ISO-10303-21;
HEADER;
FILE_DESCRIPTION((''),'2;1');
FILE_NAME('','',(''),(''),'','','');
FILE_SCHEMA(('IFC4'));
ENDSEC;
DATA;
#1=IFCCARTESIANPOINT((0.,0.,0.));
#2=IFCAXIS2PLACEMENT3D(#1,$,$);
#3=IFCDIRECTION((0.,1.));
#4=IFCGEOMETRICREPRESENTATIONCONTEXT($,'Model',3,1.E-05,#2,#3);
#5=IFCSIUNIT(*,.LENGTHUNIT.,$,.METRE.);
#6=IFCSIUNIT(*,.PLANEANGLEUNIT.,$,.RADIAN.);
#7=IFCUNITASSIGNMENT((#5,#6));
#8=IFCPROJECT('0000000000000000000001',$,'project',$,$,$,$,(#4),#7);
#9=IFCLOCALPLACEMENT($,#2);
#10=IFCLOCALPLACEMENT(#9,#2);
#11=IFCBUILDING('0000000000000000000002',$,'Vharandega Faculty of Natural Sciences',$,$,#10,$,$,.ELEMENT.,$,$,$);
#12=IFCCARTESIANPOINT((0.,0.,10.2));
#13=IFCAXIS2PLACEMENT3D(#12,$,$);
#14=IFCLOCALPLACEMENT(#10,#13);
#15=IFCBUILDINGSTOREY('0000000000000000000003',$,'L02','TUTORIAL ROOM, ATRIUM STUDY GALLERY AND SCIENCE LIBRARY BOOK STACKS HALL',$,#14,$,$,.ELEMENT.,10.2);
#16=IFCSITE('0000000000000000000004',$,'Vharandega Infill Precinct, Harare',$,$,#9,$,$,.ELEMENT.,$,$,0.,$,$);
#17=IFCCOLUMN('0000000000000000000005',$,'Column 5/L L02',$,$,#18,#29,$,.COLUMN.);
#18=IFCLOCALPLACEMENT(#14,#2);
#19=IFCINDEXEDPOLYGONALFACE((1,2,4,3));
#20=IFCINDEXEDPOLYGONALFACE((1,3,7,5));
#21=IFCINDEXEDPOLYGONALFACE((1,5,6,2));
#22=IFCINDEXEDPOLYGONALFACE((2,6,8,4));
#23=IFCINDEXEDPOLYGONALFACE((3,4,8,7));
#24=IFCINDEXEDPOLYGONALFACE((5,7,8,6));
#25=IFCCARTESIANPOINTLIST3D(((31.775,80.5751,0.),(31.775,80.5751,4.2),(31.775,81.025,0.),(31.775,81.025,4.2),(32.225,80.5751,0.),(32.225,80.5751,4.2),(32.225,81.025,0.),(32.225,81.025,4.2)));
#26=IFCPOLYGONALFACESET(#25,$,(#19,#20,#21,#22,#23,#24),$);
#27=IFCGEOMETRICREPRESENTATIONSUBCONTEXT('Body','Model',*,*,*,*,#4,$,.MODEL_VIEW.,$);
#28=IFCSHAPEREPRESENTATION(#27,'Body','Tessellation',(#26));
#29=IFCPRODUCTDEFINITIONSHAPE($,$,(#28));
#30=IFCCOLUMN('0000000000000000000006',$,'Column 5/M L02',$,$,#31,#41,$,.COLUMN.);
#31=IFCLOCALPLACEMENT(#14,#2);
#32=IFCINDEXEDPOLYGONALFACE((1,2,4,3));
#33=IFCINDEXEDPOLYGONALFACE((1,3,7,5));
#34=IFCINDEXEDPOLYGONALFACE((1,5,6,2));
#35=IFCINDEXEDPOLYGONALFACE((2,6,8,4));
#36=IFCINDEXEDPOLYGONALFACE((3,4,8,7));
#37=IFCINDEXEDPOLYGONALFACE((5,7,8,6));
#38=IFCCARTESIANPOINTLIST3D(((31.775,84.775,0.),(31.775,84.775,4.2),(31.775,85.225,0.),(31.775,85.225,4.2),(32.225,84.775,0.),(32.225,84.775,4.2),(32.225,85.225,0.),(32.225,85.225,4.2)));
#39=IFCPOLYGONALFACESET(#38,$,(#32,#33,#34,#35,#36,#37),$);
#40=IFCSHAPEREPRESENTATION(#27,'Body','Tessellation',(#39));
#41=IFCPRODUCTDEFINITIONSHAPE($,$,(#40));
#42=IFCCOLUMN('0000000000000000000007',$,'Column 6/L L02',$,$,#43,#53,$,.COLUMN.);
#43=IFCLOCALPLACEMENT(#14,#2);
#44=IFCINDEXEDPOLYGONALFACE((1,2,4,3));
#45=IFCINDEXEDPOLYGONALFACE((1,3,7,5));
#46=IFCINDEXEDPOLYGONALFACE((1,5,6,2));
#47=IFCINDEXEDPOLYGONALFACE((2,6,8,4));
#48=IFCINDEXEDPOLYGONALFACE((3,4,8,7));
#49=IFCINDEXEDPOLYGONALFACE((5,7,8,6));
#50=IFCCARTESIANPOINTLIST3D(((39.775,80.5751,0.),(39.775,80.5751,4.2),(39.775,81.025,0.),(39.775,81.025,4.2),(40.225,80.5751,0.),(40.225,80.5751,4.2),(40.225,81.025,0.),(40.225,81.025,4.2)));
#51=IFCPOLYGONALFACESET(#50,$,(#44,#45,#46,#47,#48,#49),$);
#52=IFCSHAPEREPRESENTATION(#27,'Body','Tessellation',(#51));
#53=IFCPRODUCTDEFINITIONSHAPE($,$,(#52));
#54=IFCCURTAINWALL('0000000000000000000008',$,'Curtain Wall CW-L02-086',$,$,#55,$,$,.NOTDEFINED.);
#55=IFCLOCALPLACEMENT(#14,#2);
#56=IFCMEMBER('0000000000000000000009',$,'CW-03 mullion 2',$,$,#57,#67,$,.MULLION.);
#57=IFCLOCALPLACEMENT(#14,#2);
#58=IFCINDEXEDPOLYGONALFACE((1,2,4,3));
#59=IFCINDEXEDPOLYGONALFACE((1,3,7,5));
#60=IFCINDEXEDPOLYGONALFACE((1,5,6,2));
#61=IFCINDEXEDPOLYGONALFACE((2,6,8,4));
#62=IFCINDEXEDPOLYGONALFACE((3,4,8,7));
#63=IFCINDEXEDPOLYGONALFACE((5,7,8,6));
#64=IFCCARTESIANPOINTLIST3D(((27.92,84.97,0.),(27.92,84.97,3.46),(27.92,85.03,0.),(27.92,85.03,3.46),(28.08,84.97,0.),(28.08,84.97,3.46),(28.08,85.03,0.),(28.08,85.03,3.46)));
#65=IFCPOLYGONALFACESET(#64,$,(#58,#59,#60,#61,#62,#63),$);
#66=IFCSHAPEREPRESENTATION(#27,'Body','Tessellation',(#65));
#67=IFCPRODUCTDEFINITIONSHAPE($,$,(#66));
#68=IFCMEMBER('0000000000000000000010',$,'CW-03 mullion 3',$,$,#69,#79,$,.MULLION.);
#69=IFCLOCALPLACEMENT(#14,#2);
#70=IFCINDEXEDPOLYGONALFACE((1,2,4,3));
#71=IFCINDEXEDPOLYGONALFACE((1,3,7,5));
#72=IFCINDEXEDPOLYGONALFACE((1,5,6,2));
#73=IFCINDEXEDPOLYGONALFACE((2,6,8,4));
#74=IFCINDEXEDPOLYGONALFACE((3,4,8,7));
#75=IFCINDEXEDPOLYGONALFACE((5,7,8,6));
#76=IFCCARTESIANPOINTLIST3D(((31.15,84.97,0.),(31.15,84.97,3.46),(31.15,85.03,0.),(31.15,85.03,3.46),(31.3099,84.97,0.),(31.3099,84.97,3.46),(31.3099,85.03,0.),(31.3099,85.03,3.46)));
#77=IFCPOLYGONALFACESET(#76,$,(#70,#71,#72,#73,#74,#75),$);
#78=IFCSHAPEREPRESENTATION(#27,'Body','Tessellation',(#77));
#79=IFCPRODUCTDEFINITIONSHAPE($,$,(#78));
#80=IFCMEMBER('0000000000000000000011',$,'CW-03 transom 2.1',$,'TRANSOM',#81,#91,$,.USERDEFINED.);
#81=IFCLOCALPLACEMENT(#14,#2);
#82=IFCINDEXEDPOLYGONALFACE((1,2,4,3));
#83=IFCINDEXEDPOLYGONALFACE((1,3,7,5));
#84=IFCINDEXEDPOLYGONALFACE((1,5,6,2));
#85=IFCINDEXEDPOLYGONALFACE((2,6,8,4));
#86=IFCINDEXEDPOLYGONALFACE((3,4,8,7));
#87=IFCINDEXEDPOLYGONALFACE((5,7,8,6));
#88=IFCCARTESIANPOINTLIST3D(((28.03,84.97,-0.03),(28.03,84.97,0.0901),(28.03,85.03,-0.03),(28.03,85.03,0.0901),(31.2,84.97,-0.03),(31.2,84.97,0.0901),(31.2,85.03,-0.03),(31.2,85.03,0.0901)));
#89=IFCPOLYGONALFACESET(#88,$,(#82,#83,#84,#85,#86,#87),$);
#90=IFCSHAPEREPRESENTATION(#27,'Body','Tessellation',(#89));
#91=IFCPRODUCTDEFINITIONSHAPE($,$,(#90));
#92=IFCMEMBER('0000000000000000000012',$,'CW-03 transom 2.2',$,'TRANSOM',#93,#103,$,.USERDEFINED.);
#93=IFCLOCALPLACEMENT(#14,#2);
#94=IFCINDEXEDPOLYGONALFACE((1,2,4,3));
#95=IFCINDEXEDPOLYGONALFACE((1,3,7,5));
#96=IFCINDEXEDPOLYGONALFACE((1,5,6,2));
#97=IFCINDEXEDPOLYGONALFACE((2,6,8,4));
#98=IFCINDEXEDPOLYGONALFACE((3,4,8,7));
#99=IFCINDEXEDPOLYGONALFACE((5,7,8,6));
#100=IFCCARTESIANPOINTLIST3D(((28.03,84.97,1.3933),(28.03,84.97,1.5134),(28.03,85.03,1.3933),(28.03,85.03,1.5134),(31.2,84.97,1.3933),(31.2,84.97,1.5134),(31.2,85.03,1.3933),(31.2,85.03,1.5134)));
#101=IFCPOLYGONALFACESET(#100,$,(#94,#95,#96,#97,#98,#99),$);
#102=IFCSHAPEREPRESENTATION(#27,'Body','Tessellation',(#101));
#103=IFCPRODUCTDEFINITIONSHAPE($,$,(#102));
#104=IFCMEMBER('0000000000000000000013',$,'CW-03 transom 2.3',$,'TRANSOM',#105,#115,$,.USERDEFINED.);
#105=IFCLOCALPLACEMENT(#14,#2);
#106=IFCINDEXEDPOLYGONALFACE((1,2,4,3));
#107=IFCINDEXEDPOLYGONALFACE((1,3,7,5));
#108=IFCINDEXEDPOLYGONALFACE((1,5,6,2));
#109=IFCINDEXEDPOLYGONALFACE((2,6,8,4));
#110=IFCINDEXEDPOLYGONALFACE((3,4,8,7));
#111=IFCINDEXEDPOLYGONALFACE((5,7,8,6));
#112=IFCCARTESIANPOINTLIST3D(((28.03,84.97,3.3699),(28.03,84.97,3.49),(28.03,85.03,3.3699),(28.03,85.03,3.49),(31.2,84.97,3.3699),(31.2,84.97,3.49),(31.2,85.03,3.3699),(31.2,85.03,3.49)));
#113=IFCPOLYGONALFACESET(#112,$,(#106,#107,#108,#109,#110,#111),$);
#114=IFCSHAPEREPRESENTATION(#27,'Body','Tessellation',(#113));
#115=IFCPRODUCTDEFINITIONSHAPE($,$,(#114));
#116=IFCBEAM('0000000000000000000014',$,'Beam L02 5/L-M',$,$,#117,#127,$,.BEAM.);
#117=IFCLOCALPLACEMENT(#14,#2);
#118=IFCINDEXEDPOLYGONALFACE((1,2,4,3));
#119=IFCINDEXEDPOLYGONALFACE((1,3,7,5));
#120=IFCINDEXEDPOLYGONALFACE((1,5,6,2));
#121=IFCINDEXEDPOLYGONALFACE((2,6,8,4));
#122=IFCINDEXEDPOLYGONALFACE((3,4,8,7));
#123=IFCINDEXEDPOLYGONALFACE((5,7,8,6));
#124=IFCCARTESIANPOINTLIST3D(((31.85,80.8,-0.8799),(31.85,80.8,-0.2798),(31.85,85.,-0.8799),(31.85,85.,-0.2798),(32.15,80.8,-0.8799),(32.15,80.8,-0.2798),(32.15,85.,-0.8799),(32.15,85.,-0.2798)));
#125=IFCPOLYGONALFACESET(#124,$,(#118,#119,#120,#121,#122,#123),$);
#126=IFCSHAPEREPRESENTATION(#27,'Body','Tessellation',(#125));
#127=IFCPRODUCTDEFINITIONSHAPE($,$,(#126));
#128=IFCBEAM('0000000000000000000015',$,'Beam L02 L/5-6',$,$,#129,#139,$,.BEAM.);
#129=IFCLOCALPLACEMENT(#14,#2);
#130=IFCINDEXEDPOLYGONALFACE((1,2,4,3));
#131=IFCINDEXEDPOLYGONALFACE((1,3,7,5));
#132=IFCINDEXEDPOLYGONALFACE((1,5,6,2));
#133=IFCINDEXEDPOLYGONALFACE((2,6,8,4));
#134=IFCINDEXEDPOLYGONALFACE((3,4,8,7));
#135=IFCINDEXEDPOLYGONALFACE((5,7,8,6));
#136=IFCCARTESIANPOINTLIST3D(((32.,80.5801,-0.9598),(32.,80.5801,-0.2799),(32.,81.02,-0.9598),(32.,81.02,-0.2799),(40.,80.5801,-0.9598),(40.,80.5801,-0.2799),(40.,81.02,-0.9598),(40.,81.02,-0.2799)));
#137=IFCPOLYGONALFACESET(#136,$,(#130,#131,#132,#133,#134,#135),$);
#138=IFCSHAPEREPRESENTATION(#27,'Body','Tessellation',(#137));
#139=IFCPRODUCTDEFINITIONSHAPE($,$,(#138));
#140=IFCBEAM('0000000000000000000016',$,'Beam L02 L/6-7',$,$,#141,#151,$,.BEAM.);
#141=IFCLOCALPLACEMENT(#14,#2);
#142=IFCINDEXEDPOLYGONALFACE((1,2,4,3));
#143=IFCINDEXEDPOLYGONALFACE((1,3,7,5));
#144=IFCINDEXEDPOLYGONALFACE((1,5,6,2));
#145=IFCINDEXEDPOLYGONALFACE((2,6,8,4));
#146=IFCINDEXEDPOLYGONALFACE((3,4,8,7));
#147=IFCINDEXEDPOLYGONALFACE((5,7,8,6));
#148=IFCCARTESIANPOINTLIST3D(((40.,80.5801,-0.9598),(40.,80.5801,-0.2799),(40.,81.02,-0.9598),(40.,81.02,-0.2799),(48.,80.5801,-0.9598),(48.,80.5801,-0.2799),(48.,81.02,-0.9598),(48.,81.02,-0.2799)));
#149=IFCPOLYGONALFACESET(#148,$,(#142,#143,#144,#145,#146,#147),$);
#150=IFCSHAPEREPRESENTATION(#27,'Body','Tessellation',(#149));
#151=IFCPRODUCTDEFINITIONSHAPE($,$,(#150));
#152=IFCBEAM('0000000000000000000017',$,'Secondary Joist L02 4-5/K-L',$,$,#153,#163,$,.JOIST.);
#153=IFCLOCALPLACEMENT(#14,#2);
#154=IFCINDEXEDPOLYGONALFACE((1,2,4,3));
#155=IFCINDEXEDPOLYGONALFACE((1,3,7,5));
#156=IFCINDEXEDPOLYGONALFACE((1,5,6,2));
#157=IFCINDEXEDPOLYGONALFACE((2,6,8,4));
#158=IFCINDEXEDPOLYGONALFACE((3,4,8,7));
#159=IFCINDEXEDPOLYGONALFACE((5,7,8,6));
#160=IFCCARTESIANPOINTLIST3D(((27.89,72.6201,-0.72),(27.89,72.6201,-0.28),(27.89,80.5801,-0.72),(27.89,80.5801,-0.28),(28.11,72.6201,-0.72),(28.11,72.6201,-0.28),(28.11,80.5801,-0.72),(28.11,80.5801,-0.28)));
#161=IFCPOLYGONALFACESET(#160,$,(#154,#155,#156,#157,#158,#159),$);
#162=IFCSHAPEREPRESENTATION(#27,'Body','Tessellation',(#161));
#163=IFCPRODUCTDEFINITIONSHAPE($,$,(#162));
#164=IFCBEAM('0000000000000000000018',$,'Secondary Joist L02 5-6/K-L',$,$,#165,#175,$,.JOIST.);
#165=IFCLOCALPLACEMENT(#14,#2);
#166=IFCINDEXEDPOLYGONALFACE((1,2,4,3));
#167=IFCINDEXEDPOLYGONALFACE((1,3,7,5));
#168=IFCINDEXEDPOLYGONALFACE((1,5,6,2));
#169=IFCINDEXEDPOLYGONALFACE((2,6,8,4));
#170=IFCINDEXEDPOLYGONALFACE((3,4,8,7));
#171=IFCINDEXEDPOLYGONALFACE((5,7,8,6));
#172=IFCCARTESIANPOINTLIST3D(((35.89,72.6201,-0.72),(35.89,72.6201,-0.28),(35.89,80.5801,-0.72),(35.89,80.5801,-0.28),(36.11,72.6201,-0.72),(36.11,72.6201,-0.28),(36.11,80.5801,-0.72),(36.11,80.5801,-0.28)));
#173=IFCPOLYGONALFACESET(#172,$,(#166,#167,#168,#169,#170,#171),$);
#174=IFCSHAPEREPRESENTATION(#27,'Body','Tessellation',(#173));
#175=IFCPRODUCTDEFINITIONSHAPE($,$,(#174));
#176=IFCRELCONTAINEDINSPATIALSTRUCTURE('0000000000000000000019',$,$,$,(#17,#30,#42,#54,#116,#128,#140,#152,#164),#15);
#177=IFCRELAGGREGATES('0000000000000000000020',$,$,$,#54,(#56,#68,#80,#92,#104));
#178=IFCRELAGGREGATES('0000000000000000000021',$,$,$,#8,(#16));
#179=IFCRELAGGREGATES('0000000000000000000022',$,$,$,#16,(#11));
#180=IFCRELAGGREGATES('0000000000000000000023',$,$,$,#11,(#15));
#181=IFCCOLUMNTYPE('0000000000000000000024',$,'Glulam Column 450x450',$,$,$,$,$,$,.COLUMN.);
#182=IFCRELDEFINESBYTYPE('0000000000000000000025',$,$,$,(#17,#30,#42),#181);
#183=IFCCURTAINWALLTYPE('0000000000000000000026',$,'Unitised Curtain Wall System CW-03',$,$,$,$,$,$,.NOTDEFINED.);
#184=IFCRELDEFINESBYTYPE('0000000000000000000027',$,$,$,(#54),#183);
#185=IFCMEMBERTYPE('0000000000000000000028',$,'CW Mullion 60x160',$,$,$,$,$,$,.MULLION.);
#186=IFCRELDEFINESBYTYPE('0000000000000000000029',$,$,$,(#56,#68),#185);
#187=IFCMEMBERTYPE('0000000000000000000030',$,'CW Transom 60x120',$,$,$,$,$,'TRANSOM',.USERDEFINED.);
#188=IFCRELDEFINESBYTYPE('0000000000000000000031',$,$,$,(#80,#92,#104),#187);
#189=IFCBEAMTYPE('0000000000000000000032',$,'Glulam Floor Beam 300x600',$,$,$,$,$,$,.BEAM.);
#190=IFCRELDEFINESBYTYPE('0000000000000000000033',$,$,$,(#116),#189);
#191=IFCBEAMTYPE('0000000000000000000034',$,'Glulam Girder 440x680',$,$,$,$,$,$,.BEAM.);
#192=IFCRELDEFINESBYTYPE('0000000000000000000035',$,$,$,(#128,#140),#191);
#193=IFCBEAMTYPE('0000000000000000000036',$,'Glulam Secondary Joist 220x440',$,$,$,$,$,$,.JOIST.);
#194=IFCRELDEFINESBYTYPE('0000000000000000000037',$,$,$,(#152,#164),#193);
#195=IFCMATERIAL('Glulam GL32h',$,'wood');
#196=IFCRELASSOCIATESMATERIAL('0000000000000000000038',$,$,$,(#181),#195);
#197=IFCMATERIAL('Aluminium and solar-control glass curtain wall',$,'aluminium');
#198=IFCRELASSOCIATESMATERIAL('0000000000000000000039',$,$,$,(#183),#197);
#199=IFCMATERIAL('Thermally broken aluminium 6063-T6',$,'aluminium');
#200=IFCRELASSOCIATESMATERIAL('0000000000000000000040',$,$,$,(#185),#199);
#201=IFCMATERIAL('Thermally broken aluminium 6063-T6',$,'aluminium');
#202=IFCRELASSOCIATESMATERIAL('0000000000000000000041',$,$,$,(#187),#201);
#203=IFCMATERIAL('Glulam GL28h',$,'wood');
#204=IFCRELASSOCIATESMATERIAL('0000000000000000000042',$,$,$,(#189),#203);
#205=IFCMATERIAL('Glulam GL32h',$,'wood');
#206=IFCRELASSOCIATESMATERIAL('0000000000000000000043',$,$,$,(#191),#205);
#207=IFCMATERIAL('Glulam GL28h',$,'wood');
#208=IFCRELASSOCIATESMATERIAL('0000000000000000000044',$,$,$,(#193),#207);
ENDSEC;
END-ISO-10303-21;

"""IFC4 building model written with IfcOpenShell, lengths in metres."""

from ifc_helpers import new_model, si_unit, direction, frame, origin, origin_2d, place, context, subcontext, project, spatial, rectangle, extrude, material, material_profile, profile_set, type_object, element, aggregate, save


model = new_model("IFC4")

# Units and contexts
model_context = context("Model", 3, precision=1e-05, world=origin(), true_north=direction((0.0, 1.0)))
body_context = subcontext(model_context, "Body", "Model", "MODEL_VIEW")
ifc_project = project(units=[si_unit("LENGTHUNIT", "METRE"), si_unit("PLANEANGLEUNIT", "RADIAN")], contexts=[model_context])

# Site, building, storey
site_placement = place(None, origin())
site = spatial("IfcSite", under=ifc_project, at=site_placement, Name="Vharandega Infill Precinct, Harare", CompositionType="ELEMENT", RefElevation=0.0)
building_placement = place(site_placement, origin())
building = spatial("IfcBuilding", under=site, at=building_placement, Name="Vharandega Faculty of Natural Sciences", CompositionType="ELEMENT")
storey_placement = place(building_placement, frame((0.0, 0.0, 10.2)))
storey = spatial("IfcBuildingStorey", under=building, at=storey_placement, Name="L02", Description="TUTORIAL ROOM, ATRIUM STUDY GALLERY AND SCIENCE LIBRARY BOOK STACKS HALL", CompositionType="ELEMENT", Elevation=10.2)

# Columns
ifc_material_1 = material(Name="Glulam GL32h", Category="wood")
ifc_material_profile_1 = material_profile(ifc_material_1, rectangle(XDim=0.45, YDim=0.45, at=origin_2d()), Name="GL32h 450x450")
ifc_profile_set_1 = profile_set([ifc_material_profile_1], Name="Glulam GL32h")
column_type = type_object("IfcColumnType", Name="Glulam Column 450x450", PredefinedType="COLUMN", material=ifc_profile_set_1)
for number, where, z_axis, x_axis, name in (
    (1, (32.0, 80.8, 0.0), (0.0, 0.0, 1.0), (1.0, 0.0, 0.0), "Column 5/L L02"),
    (2, (32.0, 85.0, 0.0), (0.0, 0.0, 1.0), (1.0, 0.0, 0.0), "Column 5/M L02"),
    (3, (40.0, 80.8, 0.0), (0.0, 0.0, 1.0), (1.0, 0.0, 0.0), "Column 6/L L02"),
):
    element("IfcColumn", number, at=place(storey_placement, frame(where, z_axis=z_axis, x_axis=x_axis)), inside=storey, type_object=column_type, Name=name, PredefinedType="COLUMN", context=body_context, shape_type="SweptSolid", body=[
        extrude(rectangle(XDim=0.45, YDim=0.45, at=origin_2d()), origin(), (0.0, 0.0, 1.0), 4.2),
    ])

# Curtain wall, members
ifc_material_2 = material(Name="Aluminium and solar-control glass curtain wall", Category="aluminium")
curtain_wall_type = type_object("IfcCurtainWallType", Name="Unitised Curtain Wall System CW-03", PredefinedType="NOTDEFINED", material=ifc_material_2)
curtain_wall_placement = place(storey_placement, origin())
curtain_wall = element("IfcCurtainWall", 4, at=curtain_wall_placement, inside=storey, type_object=curtain_wall_type, Name="Curtain Wall CW-L02-086", PredefinedType="NOTDEFINED")
ifc_material_3 = material(Name="Thermally broken aluminium 6063-T6", Category="aluminium")
ifc_material_profile_2 = material_profile(ifc_material_3, rectangle(XDim=0.0601, YDim=0.1599, at=origin_2d()), Name="ALU 60x160")
ifc_profile_set_2 = profile_set([ifc_material_profile_2], Name="Thermally broken aluminium 6063-T6")
member_type_1 = type_object("IfcMemberType", Name="CW Mullion 60x160", PredefinedType="MULLION", material=ifc_profile_set_2)
member_1_placement = place(storey_placement, frame((28.0, 85.0, 0.0), z_axis=(0.0, 0.0, 1.0), x_axis=(0.0, 1.0, 0.0)))
member_1 = element("IfcMember", 5, at=member_1_placement, type_object=member_type_1, Name="CW-03 mullion 2", PredefinedType="MULLION", context=body_context, shape_type="SweptSolid", body=[
    extrude(rectangle(XDim=0.0601, YDim=0.1599, at=origin_2d()), origin(), (0.0, 0.0, 1.0), 3.46),
])
member_2_placement = place(storey_placement, frame((31.23, 85.0, 0.0), z_axis=(0.0, 0.0, 1.0), x_axis=(0.0, 1.0, 0.0)))
member_2 = element("IfcMember", 6, at=member_2_placement, type_object=member_type_1, Name="CW-03 mullion 3", PredefinedType="MULLION", context=body_context, shape_type="SweptSolid", body=[
    extrude(rectangle(XDim=0.0601, YDim=0.1599, at=origin_2d()), origin(), (0.0, 0.0, 1.0), 3.46),
])
ifc_material_4 = material(Name="Thermally broken aluminium 6063-T6", Category="aluminium")
ifc_material_profile_3 = material_profile(ifc_material_4, rectangle(XDim=0.0601, YDim=0.1201, at=origin_2d()), Name="ALU 60x120")
ifc_profile_set_3 = profile_set([ifc_material_profile_3], Name="Thermally broken aluminium 6063-T6")
member_type_2 = type_object("IfcMemberType", Name="CW Transom 60x120", ElementType="TRANSOM", PredefinedType="USERDEFINED", material=ifc_profile_set_3)
member_3_placement = place(storey_placement, frame((28.03, 85.0, 0.03), z_axis=(1.0, 0.0, 0.0), x_axis=(0.0, 1.0, 0.0)))
member_3 = element("IfcMember", 7, at=member_3_placement, type_object=member_type_2, Name="CW-03 transom 2.1", ObjectType="TRANSOM", PredefinedType="USERDEFINED", context=body_context, shape_type="SweptSolid", body=[
    extrude(rectangle(XDim=0.0601, YDim=0.1201, at=origin_2d()), origin(), (0.0, 0.0, 1.0), 3.1699),
])
member_4_placement = place(storey_placement, frame((28.03, 85.0, 1.4534), z_axis=(1.0, 0.0, 0.0), x_axis=(0.0, 1.0, 0.0)))
member_4 = element("IfcMember", 8, at=member_4_placement, type_object=member_type_2, Name="CW-03 transom 2.2", ObjectType="TRANSOM", PredefinedType="USERDEFINED", context=body_context, shape_type="SweptSolid", body=[
    extrude(rectangle(XDim=0.0601, YDim=0.1201, at=origin_2d()), origin(), (0.0, 0.0, 1.0), 3.1699),
])
member_5_placement = place(storey_placement, frame((28.03, 85.0, 3.4299), z_axis=(1.0, 0.0, 0.0), x_axis=(0.0, 1.0, 0.0)))
member_5 = element("IfcMember", 9, at=member_5_placement, type_object=member_type_2, Name="CW-03 transom 2.3", ObjectType="TRANSOM", PredefinedType="USERDEFINED", context=body_context, shape_type="SweptSolid", body=[
    extrude(rectangle(XDim=0.0601, YDim=0.1201, at=origin_2d()), origin(), (0.0, 0.0, 1.0), 3.1699),
])

# Beams
ifc_material_5 = material(Name="Glulam GL28h", Category="wood")
ifc_material_profile_4 = material_profile(ifc_material_5, rectangle(XDim=0.3, YDim=0.6001, at=origin_2d()), Name="GL28h 300x600")
ifc_profile_set_4 = profile_set([ifc_material_profile_4], Name="Glulam GL28h")
beam_type_1 = type_object("IfcBeamType", Name="Glulam Floor Beam 300x600", PredefinedType="BEAM", material=ifc_profile_set_4)
beam_1_placement = place(storey_placement, frame((32.0, 80.8, -0.5798), z_axis=(0.0, 1.0, 0.0), x_axis=(-1.0, 0.0, 0.0)))
element("IfcBeam", 10, at=beam_1_placement, inside=storey, type_object=beam_type_1, Name="Beam L02 5/L-M", PredefinedType="BEAM", context=body_context, shape_type="SweptSolid", body=[
    extrude(rectangle(XDim=0.3, YDim=0.6001, at=origin_2d()), origin(), (0.0, 0.0, 1.0), 4.2),
])
ifc_material_6 = material(Name="Glulam GL32h", Category="wood")
ifc_material_profile_5 = material_profile(ifc_material_6, rectangle(XDim=0.4399, YDim=0.6799, at=origin_2d()), Name="GL32h 440x680")
ifc_profile_set_5 = profile_set([ifc_material_profile_5], Name="Glulam GL32h")
beam_type_2 = type_object("IfcBeamType", Name="Glulam Girder 440x680", PredefinedType="BEAM", material=ifc_profile_set_5)
for number, where, z_axis, x_axis, name in (
    (11, (32.0, 80.8, -0.6199), (1.0, 0.0, 0.0), (0.0, 1.0, 0.0), "Beam L02 L/5-6"),
    (12, (40.0, 80.8, -0.6199), (1.0, 0.0, 0.0), (0.0, 1.0, 0.0), "Beam L02 L/6-7"),
):
    element("IfcBeam", number, at=place(storey_placement, frame(where, z_axis=z_axis, x_axis=x_axis)), inside=storey, type_object=beam_type_2, Name=name, PredefinedType="BEAM", context=body_context, shape_type="SweptSolid", body=[
        extrude(rectangle(XDim=0.4399, YDim=0.6799, at=origin_2d()), origin(), (0.0, 0.0, 1.0), 8.0),
    ])
ifc_material_7 = material(Name="Glulam GL28h", Category="wood")
ifc_material_profile_6 = material_profile(ifc_material_7, rectangle(XDim=0.22, YDim=0.4399, at=origin_2d()), Name="GL28h 220x440")
ifc_profile_set_6 = profile_set([ifc_material_profile_6], Name="Glulam GL28h")
beam_type_3 = type_object("IfcBeamType", Name="Glulam Secondary Joist 220x440", PredefinedType="JOIST", material=ifc_profile_set_6)
for number, where, z_axis, x_axis, name in (
    (13, (28.0, 72.6201, -0.5), (0.0, 1.0, 0.0), (-1.0, 0.0, 0.0), "Secondary Joist L02 4-5/K-L"),
    (14, (36.0, 72.6201, -0.5), (0.0, 1.0, 0.0), (-1.0, 0.0, 0.0), "Secondary Joist L02 5-6/K-L"),
):
    element("IfcBeam", number, at=place(storey_placement, frame(where, z_axis=z_axis, x_axis=x_axis)), inside=storey, type_object=beam_type_3, Name=name, PredefinedType="JOIST", context=body_context, shape_type="SweptSolid", body=[
        extrude(rectangle(XDim=0.22, YDim=0.4399, at=origin_2d()), origin(), (0.0, 0.0, 1.0), 7.96),
    ])

aggregate(curtain_wall, [member_1, member_2, member_3, member_4, member_5])

save(model, "model.ifc")
